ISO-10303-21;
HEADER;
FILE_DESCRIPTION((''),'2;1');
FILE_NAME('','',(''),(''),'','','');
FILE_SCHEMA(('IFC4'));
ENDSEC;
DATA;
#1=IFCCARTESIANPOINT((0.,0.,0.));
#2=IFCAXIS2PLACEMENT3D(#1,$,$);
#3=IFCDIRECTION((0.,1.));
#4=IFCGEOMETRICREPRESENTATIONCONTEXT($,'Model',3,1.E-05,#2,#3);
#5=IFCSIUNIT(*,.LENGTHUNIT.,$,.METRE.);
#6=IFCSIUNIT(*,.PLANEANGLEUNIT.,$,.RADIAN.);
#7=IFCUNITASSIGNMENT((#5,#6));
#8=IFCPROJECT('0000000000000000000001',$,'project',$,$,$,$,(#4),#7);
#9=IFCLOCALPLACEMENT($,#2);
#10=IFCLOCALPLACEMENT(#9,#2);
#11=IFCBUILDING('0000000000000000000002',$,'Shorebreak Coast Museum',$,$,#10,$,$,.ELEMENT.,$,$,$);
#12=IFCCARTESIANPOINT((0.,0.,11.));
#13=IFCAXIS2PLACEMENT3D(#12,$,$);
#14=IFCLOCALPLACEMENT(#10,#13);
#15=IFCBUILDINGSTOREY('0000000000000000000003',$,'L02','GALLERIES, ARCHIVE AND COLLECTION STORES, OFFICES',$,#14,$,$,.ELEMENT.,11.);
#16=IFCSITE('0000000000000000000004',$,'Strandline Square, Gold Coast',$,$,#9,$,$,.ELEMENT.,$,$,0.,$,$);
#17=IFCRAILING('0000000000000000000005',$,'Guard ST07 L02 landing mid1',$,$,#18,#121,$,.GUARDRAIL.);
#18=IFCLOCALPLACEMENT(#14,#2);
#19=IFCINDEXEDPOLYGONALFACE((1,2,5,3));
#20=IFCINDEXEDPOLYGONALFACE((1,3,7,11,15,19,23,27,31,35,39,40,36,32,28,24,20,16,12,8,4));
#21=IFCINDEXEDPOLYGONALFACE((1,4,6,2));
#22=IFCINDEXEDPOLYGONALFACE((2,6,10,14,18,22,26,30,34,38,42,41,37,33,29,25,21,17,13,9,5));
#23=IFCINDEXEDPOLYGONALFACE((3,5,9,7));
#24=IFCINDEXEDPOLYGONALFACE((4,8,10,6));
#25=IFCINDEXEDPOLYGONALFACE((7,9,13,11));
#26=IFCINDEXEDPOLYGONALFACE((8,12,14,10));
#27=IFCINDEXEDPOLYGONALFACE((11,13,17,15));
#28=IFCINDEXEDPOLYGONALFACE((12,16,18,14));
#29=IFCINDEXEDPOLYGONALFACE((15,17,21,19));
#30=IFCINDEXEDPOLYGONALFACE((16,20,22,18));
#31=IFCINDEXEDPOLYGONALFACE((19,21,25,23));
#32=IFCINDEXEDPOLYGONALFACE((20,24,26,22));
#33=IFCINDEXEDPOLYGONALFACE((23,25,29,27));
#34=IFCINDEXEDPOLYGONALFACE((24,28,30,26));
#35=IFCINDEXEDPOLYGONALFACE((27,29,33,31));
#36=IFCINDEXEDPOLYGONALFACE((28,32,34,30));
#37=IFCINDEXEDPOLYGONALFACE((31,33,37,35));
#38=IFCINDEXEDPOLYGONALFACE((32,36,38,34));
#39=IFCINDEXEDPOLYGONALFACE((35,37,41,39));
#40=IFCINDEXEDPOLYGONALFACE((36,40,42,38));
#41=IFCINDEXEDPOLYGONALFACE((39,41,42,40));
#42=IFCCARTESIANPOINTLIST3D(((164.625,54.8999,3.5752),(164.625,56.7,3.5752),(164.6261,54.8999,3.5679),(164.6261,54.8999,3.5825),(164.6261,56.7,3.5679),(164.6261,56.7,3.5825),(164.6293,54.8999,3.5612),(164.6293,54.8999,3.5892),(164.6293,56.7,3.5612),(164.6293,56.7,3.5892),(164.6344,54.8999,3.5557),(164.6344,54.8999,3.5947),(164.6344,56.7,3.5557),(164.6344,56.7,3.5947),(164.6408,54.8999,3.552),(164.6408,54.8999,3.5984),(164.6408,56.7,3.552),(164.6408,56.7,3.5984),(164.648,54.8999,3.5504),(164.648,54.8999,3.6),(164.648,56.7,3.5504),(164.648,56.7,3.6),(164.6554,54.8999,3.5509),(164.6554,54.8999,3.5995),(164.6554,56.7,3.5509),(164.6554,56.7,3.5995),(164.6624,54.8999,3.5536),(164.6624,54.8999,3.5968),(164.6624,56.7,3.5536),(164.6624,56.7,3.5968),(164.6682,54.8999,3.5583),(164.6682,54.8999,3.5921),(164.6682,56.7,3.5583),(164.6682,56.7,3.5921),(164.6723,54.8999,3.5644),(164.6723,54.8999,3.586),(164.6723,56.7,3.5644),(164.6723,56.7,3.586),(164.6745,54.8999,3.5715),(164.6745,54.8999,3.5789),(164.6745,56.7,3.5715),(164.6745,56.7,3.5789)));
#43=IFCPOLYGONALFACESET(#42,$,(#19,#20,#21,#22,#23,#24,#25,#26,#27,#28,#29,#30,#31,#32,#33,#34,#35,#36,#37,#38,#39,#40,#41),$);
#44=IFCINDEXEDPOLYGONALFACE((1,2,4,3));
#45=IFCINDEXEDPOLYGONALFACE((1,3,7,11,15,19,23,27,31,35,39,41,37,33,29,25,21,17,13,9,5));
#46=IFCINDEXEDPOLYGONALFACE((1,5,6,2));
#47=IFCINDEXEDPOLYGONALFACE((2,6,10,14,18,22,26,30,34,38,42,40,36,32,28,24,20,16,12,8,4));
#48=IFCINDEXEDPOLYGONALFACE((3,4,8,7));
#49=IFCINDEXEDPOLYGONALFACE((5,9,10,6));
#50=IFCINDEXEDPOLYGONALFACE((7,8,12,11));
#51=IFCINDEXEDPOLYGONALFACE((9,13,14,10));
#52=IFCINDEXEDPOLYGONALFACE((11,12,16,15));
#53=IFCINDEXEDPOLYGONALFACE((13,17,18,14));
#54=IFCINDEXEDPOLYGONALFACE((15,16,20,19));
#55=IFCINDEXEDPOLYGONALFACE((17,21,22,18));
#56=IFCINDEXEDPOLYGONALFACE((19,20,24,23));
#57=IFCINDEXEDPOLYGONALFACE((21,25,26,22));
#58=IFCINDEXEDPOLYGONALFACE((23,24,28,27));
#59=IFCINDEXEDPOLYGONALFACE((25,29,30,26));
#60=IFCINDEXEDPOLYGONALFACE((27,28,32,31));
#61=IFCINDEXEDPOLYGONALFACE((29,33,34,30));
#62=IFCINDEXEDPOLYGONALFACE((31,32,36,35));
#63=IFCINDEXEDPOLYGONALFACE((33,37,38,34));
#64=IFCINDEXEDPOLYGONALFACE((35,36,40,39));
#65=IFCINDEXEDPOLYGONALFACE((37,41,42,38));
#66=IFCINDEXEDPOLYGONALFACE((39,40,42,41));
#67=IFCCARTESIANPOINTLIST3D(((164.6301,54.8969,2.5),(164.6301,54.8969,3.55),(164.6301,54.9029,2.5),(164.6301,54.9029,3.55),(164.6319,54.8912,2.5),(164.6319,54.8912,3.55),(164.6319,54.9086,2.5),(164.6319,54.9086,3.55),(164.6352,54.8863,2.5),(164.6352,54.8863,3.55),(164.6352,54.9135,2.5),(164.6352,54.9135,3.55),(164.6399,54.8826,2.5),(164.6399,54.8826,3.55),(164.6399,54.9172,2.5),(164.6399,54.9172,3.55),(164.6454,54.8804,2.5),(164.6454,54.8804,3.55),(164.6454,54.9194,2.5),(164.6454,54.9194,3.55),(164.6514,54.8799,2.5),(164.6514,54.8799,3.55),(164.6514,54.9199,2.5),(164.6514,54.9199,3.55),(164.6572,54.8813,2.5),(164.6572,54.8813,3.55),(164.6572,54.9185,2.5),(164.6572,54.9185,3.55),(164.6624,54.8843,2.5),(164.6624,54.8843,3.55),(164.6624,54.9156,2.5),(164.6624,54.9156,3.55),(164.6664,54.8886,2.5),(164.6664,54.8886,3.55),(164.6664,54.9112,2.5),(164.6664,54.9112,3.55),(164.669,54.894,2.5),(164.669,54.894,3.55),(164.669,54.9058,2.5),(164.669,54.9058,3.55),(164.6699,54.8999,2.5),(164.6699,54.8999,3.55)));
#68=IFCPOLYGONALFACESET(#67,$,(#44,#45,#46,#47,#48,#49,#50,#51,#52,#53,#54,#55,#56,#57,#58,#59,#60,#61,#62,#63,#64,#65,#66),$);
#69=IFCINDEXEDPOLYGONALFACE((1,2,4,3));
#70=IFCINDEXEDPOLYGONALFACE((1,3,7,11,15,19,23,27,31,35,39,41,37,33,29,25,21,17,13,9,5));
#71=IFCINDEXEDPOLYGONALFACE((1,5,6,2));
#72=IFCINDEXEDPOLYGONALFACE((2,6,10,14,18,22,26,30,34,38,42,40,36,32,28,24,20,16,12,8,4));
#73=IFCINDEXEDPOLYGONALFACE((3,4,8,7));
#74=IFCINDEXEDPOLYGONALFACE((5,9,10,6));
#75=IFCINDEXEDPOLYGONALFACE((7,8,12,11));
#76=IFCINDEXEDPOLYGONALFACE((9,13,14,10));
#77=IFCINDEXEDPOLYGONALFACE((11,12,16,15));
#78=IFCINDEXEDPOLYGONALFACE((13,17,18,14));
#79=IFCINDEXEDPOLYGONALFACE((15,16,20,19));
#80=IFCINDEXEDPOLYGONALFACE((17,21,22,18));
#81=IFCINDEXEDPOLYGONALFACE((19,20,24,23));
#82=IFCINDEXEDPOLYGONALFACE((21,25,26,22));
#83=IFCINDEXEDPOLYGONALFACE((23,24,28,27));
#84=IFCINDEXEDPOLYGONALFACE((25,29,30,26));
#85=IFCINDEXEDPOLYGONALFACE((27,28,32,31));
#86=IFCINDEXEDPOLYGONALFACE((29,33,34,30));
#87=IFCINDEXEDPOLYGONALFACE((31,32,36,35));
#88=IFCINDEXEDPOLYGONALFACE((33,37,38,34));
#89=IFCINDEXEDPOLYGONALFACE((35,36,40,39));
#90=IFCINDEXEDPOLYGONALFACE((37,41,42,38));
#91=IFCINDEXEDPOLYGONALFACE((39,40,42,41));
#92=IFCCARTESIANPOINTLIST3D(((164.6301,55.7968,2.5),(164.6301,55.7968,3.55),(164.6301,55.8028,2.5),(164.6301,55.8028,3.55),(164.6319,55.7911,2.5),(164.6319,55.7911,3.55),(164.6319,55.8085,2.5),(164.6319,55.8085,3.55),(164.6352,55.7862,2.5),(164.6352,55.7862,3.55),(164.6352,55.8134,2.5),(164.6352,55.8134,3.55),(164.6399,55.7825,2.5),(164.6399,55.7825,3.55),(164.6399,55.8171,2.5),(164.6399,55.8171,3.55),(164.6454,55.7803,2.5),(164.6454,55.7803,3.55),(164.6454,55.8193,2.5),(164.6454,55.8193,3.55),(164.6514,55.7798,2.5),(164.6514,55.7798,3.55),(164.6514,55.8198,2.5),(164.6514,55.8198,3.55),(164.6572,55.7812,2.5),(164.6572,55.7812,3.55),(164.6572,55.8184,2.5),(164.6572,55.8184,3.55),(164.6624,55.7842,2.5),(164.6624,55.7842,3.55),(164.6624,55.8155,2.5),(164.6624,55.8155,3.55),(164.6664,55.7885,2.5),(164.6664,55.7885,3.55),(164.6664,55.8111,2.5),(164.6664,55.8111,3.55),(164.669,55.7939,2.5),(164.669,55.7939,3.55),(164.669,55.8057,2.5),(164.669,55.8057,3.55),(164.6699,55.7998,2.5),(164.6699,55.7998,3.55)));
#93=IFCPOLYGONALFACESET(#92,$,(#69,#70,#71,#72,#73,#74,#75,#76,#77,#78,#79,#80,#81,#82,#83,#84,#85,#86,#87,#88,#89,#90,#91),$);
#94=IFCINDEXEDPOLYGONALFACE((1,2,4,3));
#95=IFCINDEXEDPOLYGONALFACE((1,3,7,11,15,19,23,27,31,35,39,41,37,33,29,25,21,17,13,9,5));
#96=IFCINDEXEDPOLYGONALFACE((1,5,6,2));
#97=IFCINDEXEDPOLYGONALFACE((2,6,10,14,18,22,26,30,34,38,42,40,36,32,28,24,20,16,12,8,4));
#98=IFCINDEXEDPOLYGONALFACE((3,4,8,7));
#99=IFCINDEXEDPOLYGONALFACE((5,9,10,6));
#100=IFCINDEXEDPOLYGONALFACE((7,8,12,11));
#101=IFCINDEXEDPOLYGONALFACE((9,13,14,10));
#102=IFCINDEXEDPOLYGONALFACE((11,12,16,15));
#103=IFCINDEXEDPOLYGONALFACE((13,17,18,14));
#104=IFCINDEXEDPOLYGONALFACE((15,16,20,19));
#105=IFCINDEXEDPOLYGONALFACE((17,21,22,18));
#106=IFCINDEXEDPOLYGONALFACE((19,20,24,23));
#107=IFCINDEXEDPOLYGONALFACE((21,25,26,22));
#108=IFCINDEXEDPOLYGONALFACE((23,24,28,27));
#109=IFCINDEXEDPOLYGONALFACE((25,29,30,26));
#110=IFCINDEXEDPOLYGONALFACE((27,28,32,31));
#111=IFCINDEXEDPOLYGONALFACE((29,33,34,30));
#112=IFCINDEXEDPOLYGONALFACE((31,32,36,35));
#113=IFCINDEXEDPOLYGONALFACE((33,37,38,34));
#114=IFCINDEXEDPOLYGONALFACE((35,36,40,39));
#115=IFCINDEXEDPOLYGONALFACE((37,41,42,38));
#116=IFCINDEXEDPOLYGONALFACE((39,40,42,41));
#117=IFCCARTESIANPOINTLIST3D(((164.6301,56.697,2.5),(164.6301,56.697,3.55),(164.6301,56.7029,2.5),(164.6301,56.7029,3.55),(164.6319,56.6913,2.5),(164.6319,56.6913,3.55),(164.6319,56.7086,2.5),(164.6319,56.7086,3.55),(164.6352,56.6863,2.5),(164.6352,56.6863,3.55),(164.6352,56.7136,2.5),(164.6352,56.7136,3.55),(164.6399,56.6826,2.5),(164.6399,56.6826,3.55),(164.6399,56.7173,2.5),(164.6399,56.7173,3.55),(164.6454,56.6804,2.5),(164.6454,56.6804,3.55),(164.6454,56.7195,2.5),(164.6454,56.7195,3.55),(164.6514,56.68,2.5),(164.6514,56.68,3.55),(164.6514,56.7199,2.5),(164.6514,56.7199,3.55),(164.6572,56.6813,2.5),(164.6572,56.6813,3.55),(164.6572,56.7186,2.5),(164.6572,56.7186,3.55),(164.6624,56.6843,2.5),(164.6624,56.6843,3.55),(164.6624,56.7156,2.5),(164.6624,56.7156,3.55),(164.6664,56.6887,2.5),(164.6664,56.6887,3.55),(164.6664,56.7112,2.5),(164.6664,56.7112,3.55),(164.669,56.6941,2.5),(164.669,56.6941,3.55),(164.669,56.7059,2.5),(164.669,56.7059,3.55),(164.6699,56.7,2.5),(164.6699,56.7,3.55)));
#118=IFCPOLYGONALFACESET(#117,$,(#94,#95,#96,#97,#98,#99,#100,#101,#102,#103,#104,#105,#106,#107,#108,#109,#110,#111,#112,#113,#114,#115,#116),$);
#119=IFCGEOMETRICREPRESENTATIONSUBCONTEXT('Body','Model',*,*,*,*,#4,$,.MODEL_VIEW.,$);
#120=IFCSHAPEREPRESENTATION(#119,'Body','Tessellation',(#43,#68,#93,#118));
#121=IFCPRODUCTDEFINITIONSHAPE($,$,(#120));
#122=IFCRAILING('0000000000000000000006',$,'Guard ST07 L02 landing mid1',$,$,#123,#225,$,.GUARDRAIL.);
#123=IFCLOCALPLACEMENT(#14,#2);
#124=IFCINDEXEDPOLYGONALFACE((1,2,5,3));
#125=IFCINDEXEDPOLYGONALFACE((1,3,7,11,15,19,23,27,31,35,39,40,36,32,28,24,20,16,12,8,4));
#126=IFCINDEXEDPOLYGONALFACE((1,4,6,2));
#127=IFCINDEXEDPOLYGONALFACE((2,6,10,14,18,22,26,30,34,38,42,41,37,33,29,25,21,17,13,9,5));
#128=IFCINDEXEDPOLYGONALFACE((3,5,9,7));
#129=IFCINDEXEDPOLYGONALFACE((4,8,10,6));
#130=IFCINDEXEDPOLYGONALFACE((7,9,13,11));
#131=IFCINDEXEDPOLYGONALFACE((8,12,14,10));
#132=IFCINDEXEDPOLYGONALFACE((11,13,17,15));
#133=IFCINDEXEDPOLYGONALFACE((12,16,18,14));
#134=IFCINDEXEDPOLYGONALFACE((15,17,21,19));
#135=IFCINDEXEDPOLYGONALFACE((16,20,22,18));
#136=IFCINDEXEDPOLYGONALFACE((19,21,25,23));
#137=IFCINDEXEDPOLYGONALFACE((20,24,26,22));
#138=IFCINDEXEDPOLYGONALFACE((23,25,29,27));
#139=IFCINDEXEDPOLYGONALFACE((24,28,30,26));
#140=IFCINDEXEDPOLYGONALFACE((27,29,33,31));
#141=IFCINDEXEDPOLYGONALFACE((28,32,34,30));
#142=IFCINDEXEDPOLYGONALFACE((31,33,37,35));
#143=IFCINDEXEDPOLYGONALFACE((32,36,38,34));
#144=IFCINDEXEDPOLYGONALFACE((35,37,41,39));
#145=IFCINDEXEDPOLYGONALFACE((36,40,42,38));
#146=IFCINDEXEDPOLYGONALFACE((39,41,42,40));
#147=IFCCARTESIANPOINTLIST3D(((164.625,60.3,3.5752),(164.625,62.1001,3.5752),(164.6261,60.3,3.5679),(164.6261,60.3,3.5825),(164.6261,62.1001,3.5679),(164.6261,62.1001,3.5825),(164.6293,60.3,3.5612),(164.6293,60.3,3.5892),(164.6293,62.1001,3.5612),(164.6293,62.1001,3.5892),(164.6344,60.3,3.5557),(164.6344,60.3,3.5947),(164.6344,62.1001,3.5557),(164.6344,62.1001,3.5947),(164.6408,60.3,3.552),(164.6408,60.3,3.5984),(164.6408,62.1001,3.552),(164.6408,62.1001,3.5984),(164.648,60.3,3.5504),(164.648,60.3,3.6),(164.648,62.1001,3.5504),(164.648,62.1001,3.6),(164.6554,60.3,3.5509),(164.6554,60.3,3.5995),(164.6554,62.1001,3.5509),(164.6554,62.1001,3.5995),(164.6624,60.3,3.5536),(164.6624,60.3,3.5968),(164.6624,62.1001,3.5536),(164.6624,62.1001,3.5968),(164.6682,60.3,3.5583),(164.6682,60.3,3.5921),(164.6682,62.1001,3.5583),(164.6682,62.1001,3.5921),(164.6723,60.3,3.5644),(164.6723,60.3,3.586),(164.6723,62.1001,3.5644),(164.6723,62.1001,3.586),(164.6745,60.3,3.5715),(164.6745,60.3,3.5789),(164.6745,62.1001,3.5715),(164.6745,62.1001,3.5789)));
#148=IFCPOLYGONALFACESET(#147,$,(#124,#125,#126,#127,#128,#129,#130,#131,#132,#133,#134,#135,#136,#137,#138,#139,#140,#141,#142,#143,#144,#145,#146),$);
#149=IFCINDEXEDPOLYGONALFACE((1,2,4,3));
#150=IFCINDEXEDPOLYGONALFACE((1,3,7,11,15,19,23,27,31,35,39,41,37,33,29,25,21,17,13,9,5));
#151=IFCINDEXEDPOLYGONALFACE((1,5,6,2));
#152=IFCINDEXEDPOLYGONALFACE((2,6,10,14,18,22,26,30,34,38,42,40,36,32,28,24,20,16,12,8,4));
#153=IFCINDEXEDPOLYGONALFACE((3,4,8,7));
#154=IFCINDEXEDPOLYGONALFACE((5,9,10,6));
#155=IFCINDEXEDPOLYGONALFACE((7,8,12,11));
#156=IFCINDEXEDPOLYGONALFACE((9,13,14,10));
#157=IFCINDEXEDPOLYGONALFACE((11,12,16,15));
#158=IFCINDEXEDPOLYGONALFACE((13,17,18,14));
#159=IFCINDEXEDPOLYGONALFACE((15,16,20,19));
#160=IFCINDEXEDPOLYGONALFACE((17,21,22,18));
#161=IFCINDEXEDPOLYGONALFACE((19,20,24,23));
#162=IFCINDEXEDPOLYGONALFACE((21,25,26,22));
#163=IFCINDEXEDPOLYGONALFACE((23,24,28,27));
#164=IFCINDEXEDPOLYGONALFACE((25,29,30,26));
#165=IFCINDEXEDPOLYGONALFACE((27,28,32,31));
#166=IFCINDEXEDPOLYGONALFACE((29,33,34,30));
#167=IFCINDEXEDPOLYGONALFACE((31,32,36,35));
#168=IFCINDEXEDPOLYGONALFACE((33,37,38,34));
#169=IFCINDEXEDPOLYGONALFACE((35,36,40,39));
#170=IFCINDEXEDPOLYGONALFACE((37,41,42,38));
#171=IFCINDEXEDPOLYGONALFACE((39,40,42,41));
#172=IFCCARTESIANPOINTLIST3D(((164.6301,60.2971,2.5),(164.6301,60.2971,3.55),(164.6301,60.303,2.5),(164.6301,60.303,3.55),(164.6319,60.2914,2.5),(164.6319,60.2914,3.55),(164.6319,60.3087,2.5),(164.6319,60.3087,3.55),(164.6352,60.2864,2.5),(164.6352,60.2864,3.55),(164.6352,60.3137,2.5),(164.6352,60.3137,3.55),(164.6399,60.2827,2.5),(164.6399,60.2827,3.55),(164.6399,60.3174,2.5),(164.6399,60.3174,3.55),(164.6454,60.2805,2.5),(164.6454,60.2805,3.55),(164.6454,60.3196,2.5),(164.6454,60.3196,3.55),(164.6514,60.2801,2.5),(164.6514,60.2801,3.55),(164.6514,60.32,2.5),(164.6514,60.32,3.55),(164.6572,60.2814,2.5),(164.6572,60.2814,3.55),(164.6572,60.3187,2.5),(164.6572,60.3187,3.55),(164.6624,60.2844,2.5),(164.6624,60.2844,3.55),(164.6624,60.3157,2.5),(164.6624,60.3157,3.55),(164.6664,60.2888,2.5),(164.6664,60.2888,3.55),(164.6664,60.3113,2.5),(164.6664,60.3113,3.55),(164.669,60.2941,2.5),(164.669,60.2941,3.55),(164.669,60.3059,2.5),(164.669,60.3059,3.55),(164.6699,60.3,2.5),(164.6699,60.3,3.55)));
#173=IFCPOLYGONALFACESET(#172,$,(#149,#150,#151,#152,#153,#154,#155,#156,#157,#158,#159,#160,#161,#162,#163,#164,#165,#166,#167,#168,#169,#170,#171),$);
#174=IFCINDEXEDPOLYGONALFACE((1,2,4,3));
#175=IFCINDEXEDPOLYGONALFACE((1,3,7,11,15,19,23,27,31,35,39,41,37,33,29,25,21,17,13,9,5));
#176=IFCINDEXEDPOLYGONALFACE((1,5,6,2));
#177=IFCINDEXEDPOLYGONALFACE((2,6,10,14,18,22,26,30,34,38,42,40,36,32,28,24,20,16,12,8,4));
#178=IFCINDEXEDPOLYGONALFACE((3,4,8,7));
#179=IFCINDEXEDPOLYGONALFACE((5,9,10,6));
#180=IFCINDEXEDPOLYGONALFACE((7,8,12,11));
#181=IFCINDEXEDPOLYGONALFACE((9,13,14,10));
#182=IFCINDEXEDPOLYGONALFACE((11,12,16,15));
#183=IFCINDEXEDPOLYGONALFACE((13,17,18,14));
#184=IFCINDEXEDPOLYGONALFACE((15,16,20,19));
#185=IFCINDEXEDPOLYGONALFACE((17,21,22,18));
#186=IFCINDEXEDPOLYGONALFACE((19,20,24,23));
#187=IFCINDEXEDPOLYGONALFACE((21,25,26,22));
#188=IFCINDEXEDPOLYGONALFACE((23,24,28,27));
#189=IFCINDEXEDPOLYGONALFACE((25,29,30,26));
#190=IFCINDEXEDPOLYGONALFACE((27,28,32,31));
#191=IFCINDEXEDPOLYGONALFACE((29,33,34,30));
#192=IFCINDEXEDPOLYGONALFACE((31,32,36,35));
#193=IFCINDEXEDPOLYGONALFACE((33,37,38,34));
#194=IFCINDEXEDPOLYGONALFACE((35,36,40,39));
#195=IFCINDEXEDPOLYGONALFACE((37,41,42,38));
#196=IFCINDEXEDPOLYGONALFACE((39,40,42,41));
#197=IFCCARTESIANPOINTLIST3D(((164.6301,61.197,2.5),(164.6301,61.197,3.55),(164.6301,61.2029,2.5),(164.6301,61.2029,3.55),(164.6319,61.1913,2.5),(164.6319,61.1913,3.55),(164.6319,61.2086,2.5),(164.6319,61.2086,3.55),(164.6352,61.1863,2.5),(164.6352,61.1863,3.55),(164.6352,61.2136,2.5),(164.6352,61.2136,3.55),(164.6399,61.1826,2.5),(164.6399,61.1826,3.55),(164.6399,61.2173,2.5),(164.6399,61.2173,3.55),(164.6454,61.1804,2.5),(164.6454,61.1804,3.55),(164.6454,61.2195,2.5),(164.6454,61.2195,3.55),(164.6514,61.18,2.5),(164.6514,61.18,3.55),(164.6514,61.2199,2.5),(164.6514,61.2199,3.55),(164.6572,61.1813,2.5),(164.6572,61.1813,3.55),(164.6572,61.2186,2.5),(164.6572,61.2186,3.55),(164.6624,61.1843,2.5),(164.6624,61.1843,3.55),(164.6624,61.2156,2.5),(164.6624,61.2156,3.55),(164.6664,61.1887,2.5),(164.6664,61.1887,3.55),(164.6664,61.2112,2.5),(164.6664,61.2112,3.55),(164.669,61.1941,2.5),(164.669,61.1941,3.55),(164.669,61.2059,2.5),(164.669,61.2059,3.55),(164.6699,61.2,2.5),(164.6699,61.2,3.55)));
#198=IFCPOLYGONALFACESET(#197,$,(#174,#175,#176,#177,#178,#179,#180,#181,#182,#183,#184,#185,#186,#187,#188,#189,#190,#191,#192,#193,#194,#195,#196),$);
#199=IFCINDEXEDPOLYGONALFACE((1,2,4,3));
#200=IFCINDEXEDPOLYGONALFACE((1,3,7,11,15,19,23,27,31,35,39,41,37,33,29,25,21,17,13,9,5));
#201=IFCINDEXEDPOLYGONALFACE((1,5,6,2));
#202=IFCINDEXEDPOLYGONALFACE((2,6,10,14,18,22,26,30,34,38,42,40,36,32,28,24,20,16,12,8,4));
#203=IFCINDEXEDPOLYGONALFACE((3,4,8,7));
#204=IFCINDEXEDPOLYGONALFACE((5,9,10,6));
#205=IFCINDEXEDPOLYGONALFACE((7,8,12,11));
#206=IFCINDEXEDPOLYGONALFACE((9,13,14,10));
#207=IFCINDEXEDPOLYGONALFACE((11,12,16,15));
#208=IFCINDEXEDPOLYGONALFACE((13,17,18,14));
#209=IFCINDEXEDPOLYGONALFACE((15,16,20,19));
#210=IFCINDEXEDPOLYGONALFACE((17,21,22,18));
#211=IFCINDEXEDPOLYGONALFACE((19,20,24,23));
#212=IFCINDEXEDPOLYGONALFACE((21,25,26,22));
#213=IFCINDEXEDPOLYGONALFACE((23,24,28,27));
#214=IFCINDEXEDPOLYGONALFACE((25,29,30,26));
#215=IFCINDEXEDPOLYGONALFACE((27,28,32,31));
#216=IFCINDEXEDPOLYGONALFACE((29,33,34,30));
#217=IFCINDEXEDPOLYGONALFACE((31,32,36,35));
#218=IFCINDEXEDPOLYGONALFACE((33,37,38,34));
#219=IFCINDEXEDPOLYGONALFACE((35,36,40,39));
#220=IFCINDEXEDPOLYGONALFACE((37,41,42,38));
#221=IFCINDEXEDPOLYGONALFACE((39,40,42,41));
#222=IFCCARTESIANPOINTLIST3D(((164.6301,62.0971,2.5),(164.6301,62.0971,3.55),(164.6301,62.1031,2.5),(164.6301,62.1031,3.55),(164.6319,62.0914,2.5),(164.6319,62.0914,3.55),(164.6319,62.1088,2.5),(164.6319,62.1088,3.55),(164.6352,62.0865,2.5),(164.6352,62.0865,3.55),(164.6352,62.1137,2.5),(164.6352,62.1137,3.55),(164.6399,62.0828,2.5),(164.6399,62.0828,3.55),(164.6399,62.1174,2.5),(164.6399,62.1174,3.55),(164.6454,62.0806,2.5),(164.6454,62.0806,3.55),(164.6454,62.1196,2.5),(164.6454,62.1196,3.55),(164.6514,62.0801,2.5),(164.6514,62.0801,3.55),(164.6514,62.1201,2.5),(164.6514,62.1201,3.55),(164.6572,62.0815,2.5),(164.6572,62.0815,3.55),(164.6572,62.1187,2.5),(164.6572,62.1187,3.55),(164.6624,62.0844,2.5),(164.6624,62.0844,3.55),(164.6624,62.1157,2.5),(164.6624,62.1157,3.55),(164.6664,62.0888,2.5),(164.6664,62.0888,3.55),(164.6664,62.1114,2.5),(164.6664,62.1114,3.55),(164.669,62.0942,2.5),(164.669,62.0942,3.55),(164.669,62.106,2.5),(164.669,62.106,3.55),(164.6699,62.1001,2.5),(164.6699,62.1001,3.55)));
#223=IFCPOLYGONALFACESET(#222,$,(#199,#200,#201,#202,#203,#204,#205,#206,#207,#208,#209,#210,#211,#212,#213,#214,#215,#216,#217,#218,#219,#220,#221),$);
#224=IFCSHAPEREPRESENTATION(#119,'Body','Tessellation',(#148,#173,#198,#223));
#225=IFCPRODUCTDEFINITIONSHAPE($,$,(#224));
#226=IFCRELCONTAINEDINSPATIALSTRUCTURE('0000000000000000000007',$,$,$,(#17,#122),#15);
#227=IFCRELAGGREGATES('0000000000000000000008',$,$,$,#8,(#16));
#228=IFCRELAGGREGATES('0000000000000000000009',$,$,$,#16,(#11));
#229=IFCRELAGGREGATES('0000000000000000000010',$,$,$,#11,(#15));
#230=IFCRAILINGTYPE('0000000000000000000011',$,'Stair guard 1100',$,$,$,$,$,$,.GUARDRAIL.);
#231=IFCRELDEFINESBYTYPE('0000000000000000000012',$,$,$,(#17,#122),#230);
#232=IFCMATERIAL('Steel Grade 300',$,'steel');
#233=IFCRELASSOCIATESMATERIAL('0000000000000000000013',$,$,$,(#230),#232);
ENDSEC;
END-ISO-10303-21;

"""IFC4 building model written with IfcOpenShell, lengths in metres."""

from ifc_helpers import new_model, si_unit, direction, frame, origin, origin_2d, place, context, subcontext, project, spatial, circle, extrude, material, type_object, element, save


model = new_model("IFC4")

# Units and contexts
model_context = context("Model", 3, precision=1e-05, world=origin(), true_north=direction((0.0, 1.0)))
body_context = subcontext(model_context, "Body", "Model", "MODEL_VIEW")
ifc_project = project(units=[si_unit("LENGTHUNIT", "METRE"), si_unit("PLANEANGLEUNIT", "RADIAN")], contexts=[model_context])

# Site, building, storey
site_placement = place(None, origin())
site = spatial("IfcSite", under=ifc_project, at=site_placement, Name="Strandline Square, Gold Coast", CompositionType="ELEMENT", RefElevation=0.0)
building_placement = place(site_placement, origin())
building = spatial("IfcBuilding", under=site, at=building_placement, Name="Shorebreak Coast Museum", CompositionType="ELEMENT")
storey_placement = place(building_placement, frame((0.0, 0.0, 11.0)))
storey = spatial("IfcBuildingStorey", under=building, at=storey_placement, Name="L02", Description="GALLERIES, ARCHIVE AND COLLECTION STORES, OFFICES", CompositionType="ELEMENT", Elevation=11.0)

# Railings
ifc_material_1 = material(Name="Steel Grade 300", Category="steel")
railing_type_1 = type_object("IfcRailingType", Name="Stair guard 1100", PredefinedType="GUARDRAIL", material=ifc_material_1)
for number, where, name in (
    (1, (164.6499, 54.8999, 2.5), "Guard ST07 L02 landing mid1"),
    (2, (164.6499, 60.3, 2.5), "Guard ST07 L02 landing mid1"),
):
    element("IfcRailing", number, at=place(storey_placement, frame(where)), inside=storey, type_object=railing_type_1, Name=name, PredefinedType="GUARDRAIL", context=body_context, shape_type="SweptSolid", body=[
        extrude(circle(Radius=0.0249, at=origin_2d()), frame((0.0, 0.0, 1.0752), z_axis=(0.0, 1.0, 0.0), x_axis=(-1.0, 0.0, 0.0)), (0.0, 0.0, 1.0), 1.8),
        extrude(circle(Radius=0.02, at=origin_2d()), origin(), (0.0, 0.0, 1.0), 1.05),
        extrude(circle(Radius=0.02, at=origin_2d()), frame((0.0, 0.8999, 0.0)), (0.0, 0.0, 1.0), 1.05),
        extrude(circle(Radius=0.02, at=origin_2d()), frame((0.0, 1.8, 0.0)), (0.0, 0.0, 1.0), 1.05),
    ])

save(model, "model.ifc")
